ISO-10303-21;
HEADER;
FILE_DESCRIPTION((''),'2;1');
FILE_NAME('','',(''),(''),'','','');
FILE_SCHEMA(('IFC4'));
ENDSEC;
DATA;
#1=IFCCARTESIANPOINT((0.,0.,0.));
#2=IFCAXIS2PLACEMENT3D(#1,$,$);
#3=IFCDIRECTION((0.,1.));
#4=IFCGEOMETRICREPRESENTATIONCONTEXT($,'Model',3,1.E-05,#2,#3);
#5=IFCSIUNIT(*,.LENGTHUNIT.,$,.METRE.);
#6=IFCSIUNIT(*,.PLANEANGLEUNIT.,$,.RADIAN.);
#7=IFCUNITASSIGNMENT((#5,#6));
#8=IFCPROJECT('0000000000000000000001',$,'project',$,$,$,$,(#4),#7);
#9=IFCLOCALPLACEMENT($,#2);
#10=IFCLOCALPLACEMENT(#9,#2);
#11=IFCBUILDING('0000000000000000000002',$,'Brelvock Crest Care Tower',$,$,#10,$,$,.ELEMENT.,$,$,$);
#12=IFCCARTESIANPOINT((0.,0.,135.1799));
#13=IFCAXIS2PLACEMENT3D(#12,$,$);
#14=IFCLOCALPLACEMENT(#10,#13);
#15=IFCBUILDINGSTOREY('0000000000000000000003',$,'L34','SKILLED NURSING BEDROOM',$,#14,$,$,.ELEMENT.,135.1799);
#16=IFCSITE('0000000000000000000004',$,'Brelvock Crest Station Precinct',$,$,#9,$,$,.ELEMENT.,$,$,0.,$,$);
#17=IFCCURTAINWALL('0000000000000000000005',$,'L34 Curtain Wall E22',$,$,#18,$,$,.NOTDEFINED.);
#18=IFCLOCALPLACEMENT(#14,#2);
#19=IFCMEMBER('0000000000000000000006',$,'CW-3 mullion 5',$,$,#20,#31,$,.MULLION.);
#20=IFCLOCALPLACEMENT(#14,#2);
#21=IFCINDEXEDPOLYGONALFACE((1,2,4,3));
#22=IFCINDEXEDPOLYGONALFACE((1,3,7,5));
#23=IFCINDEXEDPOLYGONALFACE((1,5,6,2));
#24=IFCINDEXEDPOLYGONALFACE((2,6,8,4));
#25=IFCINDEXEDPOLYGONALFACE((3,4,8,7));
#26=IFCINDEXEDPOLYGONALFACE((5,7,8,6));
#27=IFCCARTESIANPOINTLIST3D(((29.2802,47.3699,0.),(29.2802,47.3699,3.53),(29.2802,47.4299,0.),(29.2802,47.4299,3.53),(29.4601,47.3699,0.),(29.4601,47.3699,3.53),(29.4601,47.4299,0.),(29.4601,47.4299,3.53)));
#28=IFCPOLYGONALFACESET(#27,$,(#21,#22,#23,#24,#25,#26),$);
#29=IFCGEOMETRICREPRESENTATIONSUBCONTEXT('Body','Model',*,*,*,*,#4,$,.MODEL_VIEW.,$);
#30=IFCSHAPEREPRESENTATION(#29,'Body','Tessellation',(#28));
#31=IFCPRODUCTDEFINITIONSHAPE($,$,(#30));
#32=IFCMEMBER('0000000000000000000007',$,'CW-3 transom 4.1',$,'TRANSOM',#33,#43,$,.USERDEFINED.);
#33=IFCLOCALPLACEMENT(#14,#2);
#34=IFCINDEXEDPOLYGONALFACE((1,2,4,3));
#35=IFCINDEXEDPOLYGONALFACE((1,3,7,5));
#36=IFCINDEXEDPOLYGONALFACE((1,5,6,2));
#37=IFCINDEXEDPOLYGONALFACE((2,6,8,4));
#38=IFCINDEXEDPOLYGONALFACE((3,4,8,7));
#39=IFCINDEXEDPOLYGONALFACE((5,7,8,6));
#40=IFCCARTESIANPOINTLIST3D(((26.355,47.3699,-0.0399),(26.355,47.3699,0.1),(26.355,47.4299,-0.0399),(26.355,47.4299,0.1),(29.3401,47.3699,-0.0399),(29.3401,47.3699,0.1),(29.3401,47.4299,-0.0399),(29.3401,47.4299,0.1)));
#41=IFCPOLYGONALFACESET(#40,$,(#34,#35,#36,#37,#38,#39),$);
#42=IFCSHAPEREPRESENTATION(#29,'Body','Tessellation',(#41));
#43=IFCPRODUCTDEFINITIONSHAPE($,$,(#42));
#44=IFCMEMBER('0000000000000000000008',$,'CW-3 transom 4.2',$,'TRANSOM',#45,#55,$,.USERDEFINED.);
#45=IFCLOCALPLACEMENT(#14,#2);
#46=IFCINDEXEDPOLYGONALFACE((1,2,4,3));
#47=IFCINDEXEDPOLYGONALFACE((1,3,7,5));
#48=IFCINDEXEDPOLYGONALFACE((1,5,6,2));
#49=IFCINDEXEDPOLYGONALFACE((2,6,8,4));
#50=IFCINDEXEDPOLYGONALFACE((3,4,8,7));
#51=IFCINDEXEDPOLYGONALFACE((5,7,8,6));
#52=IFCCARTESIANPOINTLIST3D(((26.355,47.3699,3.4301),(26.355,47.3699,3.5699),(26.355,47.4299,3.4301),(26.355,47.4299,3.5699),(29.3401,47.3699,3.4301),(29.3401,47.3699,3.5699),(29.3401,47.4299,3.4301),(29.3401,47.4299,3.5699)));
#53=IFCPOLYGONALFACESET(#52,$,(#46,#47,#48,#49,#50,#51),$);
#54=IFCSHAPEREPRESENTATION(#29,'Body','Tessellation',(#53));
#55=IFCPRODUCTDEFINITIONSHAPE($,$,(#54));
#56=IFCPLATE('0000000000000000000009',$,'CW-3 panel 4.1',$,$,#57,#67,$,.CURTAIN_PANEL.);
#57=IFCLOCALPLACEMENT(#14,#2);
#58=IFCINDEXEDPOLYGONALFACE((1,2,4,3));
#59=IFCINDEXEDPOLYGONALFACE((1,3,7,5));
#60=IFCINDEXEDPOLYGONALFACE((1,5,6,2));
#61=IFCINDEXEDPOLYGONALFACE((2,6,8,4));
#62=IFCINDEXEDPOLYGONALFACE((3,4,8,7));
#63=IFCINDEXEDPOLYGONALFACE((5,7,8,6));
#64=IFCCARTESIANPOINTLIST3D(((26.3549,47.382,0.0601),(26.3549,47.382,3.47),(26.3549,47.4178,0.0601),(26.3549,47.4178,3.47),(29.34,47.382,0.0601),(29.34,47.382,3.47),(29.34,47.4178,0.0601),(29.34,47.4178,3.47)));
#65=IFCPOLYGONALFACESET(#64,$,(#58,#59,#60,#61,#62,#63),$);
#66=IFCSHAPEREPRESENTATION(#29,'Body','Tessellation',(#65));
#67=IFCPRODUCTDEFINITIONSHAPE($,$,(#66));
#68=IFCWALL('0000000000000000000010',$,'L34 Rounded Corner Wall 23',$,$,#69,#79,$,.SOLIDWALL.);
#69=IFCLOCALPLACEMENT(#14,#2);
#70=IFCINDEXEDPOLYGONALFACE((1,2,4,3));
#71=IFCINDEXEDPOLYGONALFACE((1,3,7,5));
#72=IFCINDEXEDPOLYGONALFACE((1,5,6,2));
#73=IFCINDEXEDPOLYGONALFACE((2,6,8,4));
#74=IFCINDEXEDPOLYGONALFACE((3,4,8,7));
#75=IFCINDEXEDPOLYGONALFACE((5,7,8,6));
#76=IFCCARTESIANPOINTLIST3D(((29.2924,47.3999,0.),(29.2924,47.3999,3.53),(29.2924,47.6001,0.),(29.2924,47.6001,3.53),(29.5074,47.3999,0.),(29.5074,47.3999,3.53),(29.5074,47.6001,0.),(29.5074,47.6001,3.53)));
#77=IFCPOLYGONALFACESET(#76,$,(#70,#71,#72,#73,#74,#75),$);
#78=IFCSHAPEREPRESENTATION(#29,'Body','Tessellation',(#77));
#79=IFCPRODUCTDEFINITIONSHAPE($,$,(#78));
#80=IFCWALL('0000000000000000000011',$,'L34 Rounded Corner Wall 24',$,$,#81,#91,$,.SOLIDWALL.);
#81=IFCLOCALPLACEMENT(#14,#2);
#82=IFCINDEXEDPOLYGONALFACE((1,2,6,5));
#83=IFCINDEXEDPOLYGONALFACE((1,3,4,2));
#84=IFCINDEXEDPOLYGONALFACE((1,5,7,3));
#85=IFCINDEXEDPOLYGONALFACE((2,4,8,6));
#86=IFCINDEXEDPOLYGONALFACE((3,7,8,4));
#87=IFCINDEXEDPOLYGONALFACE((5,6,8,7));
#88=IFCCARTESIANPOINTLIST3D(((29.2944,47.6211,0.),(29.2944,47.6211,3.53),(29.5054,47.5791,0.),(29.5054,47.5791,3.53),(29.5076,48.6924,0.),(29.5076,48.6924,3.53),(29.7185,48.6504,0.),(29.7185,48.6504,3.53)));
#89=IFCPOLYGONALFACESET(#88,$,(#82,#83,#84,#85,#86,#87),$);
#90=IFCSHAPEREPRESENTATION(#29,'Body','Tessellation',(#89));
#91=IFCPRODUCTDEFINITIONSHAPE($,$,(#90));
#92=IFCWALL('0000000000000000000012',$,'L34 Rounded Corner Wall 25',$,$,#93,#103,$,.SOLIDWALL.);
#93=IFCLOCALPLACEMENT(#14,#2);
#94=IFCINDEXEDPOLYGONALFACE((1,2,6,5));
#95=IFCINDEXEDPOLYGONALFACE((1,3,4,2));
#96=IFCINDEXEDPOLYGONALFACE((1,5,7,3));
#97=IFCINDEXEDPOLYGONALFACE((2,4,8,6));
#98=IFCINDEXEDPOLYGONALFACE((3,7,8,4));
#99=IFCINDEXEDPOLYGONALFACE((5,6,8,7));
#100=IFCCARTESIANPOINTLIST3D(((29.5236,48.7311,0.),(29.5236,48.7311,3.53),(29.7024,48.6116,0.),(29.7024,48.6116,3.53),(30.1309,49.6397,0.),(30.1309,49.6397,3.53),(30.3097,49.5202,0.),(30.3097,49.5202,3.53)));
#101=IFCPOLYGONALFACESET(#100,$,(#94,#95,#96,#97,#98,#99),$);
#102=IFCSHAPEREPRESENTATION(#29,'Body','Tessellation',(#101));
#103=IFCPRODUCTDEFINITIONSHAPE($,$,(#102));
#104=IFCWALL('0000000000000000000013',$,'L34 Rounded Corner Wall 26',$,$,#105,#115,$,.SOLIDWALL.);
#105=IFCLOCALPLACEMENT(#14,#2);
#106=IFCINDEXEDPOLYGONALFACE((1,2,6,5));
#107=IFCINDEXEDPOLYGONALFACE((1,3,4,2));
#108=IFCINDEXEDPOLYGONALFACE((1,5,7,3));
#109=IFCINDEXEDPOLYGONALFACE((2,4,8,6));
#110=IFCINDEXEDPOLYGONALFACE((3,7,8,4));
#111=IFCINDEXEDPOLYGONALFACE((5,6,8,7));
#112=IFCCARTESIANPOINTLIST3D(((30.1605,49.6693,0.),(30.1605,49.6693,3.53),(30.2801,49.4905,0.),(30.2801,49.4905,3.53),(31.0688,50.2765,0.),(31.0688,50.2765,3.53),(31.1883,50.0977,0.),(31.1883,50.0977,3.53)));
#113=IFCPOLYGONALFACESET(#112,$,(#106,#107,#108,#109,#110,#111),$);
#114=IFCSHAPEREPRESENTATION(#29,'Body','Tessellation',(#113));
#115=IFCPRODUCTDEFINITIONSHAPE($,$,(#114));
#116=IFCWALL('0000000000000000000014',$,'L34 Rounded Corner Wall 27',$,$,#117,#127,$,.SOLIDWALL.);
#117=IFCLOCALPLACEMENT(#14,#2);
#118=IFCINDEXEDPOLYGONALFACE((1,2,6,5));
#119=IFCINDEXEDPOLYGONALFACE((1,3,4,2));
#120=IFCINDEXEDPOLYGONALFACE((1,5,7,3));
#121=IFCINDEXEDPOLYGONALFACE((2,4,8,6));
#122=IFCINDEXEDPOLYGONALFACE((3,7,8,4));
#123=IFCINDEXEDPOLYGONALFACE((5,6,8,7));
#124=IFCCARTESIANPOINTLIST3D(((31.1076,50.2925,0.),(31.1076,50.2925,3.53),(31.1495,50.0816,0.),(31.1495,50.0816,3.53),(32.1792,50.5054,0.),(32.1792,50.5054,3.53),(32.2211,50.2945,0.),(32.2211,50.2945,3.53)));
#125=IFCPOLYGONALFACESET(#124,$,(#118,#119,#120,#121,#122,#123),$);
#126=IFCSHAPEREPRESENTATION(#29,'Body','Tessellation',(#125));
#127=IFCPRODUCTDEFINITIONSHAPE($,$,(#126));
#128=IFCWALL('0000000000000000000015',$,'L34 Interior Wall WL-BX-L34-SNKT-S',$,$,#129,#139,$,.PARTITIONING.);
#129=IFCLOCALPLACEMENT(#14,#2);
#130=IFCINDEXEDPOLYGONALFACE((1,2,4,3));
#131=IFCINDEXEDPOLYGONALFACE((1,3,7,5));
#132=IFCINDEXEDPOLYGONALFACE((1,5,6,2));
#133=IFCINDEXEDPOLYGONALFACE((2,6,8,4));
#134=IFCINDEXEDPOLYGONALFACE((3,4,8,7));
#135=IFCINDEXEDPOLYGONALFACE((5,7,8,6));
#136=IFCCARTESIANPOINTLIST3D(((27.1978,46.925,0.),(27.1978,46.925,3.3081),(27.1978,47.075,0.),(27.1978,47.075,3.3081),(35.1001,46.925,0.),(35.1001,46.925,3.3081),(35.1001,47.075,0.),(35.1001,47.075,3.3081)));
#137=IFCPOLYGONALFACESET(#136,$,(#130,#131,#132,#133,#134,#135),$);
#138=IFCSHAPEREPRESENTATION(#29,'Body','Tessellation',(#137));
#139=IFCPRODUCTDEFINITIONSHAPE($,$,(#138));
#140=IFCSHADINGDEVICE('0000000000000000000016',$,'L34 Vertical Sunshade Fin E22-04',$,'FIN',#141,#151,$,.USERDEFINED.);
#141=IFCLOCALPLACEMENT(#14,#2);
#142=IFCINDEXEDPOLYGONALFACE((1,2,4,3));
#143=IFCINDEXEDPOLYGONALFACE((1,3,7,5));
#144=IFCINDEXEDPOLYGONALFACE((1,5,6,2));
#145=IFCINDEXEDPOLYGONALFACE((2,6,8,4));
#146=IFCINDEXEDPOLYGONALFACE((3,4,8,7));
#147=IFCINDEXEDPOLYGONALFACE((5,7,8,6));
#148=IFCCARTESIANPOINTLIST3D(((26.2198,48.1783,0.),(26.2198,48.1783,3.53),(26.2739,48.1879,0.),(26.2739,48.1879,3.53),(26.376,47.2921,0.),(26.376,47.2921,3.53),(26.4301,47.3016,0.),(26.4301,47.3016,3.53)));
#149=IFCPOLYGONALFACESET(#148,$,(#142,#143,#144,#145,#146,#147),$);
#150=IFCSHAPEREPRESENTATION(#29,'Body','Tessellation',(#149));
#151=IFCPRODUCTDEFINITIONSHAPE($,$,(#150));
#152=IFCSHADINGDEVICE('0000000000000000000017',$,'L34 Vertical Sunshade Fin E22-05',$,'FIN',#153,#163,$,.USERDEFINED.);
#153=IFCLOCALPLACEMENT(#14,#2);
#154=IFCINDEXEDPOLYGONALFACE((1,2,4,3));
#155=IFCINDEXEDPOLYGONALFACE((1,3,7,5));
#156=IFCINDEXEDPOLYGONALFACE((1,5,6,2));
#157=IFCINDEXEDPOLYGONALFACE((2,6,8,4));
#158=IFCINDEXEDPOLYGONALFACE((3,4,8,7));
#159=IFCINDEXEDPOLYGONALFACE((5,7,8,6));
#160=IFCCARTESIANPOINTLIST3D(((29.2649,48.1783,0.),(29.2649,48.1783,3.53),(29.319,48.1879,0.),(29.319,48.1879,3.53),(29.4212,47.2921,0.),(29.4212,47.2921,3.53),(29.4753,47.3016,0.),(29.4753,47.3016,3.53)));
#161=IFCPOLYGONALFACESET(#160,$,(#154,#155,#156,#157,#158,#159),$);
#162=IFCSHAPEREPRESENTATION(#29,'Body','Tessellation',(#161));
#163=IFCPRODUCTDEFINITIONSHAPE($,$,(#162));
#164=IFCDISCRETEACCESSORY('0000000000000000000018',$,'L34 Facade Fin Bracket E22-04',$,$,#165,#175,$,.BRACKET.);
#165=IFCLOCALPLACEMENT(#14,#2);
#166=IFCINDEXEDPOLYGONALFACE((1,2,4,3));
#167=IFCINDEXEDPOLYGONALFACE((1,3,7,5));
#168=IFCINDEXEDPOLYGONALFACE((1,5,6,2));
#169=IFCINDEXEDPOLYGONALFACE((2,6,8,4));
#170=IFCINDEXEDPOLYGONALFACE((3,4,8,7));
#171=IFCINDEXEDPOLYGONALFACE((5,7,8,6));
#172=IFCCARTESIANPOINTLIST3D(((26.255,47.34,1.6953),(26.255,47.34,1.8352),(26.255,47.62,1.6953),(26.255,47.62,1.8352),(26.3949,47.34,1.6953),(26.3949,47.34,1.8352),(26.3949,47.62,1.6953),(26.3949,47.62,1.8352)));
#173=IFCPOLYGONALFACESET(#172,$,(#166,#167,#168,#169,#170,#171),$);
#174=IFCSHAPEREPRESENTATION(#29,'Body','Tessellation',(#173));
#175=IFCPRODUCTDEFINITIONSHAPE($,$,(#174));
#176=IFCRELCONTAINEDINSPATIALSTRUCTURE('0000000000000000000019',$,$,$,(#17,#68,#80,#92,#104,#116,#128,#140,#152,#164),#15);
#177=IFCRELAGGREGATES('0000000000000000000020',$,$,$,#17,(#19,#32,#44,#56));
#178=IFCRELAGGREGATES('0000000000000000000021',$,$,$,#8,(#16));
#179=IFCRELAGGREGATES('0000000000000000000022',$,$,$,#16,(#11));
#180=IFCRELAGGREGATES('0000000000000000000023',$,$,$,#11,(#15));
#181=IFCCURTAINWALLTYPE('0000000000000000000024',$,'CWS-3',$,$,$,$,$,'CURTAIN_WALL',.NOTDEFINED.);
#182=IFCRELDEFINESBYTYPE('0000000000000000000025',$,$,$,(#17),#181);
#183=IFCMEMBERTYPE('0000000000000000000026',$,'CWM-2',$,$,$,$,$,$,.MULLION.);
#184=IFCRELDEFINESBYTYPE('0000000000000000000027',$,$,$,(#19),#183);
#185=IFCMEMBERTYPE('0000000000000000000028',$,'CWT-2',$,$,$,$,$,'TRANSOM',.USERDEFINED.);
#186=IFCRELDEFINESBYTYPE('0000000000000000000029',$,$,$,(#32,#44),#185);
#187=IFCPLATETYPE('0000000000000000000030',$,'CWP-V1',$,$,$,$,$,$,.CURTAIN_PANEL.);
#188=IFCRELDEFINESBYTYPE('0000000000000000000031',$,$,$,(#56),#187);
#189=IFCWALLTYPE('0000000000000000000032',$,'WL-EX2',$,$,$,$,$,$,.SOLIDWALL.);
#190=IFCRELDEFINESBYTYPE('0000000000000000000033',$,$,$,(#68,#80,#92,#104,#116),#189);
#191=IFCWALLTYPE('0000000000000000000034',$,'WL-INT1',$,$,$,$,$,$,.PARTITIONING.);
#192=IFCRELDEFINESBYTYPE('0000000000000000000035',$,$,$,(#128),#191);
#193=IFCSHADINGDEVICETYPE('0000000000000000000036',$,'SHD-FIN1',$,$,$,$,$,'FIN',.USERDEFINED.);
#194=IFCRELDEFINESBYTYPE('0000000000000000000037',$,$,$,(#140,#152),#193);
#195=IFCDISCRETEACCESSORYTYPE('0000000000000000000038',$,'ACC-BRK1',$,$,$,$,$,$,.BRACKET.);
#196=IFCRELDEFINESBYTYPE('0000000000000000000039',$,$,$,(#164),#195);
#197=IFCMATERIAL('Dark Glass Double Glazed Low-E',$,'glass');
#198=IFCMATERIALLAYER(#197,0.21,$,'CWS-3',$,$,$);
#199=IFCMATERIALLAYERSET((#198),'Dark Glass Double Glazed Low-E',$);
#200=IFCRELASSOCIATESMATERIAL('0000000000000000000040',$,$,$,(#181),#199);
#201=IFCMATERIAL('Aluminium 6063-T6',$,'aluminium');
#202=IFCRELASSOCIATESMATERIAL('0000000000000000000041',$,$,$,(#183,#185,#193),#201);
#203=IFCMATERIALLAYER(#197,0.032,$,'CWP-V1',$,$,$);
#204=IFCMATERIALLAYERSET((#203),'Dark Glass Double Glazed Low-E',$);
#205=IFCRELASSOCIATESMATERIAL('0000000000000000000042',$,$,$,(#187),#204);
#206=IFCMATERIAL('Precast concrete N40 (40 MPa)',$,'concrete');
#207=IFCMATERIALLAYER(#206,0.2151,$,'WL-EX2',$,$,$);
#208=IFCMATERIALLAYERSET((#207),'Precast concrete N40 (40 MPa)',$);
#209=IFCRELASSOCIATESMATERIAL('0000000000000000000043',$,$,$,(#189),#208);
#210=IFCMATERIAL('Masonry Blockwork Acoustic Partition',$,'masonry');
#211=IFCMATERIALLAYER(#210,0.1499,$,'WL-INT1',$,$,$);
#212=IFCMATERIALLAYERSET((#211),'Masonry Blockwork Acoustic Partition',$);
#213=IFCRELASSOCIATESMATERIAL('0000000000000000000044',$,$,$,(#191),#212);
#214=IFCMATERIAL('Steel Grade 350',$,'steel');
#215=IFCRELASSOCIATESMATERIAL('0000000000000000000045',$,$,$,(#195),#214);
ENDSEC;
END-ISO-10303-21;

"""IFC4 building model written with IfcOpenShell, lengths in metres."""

from ifc_helpers import new_model, si_unit, direction, frame, frame_2d, origin, origin_2d, place, context, subcontext, project, spatial, rectangle, extrude, source, transform, mapped, material, layer, layer_set, material_profile, profile_set, type_object, element, aggregate, save


model = new_model("IFC4")

# Units and contexts
model_context = context("Model", 3, precision=1e-05, world=origin(), true_north=direction((0.0, 1.0)))
body_context = subcontext(model_context, "Body", "Model", "MODEL_VIEW")
ifc_project = project(units=[si_unit("LENGTHUNIT", "METRE"), si_unit("PLANEANGLEUNIT", "RADIAN")], contexts=[model_context])

# Site, building, storey
site_placement = place(None, origin())
site = spatial("IfcSite", under=ifc_project, at=site_placement, Name="Brelvock Crest Station Precinct", CompositionType="ELEMENT", RefElevation=0.0)
building_placement = place(site_placement, origin())
building = spatial("IfcBuilding", under=site, at=building_placement, Name="Brelvock Crest Care Tower", CompositionType="ELEMENT")
storey_placement = place(building_placement, frame((0.0, 0.0, 135.1799)))
storey = spatial("IfcBuildingStorey", under=building, at=storey_placement, Name="L34", Description="SKILLED NURSING BEDROOM", CompositionType="ELEMENT", Elevation=135.1799)

# Shared definitions
ifc_material_1 = material(Name="Steel Grade 350", Category="steel")

# Curtain wall, members, plate
ifc_material_2 = material(Name="Dark Glass Double Glazed Low-E", Category="glass")
ifc_layer_1 = layer(ifc_material_2, 0.21, Name="CWS-3")
ifc_layer_set_1 = layer_set([ifc_layer_1], Name="Dark Glass Double Glazed Low-E")
curtain_wall_type = type_object("IfcCurtainWallType", Name="CWS-3", ElementType="CURTAIN_WALL", PredefinedType="NOTDEFINED", material=ifc_layer_set_1)
curtain_wall_placement = place(storey_placement, origin())
curtain_wall = element("IfcCurtainWall", 1, at=curtain_wall_placement, inside=storey, type_object=curtain_wall_type, Name="L34 Curtain Wall E22", PredefinedType="NOTDEFINED")
ifc_material_3 = material(Name="Aluminium 6063-T6", Category="aluminium")
ifc_material_profile_1 = material_profile(ifc_material_3, rectangle(XDim=0.0601, YDim=0.1799, at=origin_2d()), Name="ALU60x180")
ifc_profile_set_1 = profile_set([ifc_material_profile_1], Name="Aluminium 6063-T6")
member_type_1 = type_object("IfcMemberType", Name="CWM-2", PredefinedType="MULLION", material=ifc_profile_set_1)
shared_shape_1 = source(origin(), body_context, "Body", "SweptSolid", [
    extrude(rectangle(XDim=0.0601, YDim=0.1799, at=origin_2d()), origin(), (0.0, 0.0, 1.0), 3.53),
])
member_1_placement = place(storey_placement, frame((29.3701, 47.3999, 0.0), z_axis=(0.0, 0.0, 1.0), x_axis=(0.0, 1.0, 0.0)))
member_1 = element("IfcMember", 2, at=member_1_placement, type_object=member_type_1, Name="CW-3 mullion 5", PredefinedType="MULLION", context=body_context, shape_type="MappedRepresentation", body=[
    mapped(shared_shape_1, transform((0.0, 0.0, 0.0), x_axis=(1.0, 0.0, 0.0), y_axis=(0.0, 1.0, 0.0), z_axis=(0.0, 0.0, 1.0), scale=1.0)),
])
ifc_material_profile_2 = material_profile(ifc_material_3, rectangle(XDim=0.0601, YDim=0.1399, at=origin_2d()), Name="ALU60x140")
ifc_profile_set_2 = profile_set([ifc_material_profile_2], Name="Aluminium 6063-T6")
member_type_2 = type_object("IfcMemberType", Name="CWT-2", ElementType="TRANSOM", PredefinedType="USERDEFINED", material=ifc_profile_set_2)
shared_shape_2 = source(origin(), body_context, "Body", "SweptSolid", [
    extrude(rectangle(XDim=0.0601, YDim=0.1399, at=origin_2d()), origin(), (0.0, 0.0, 1.0), 2.9851),
])
member_2_placement = place(storey_placement, frame((26.355, 47.3999, 0.03), z_axis=(1.0, 0.0, 0.0), x_axis=(0.0, 1.0, 0.0)))
member_2 = element("IfcMember", 3, at=member_2_placement, type_object=member_type_2, Name="CW-3 transom 4.1", ObjectType="TRANSOM", PredefinedType="USERDEFINED", context=body_context, shape_type="MappedRepresentation", body=[
    mapped(shared_shape_2, transform((0.0, 0.0, 0.0), x_axis=(1.0, 0.0, 0.0), y_axis=(0.0, 1.0, 0.0), z_axis=(0.0, 0.0, 1.0), scale=1.0)),
])
member_3_placement = place(storey_placement, frame((26.355, 47.3999, 3.5), z_axis=(1.0, 0.0, 0.0), x_axis=(0.0, 1.0, 0.0)))
member_3 = element("IfcMember", 4, at=member_3_placement, type_object=member_type_2, Name="CW-3 transom 4.2", ObjectType="TRANSOM", PredefinedType="USERDEFINED", context=body_context, shape_type="MappedRepresentation", body=[
    mapped(shared_shape_2, transform((0.0, 0.0, 0.0), x_axis=(1.0, 0.0, 0.0), y_axis=(0.0, 1.0, 0.0), z_axis=(0.0, 0.0, 1.0), scale=1.0)),
])
ifc_layer_2 = layer(ifc_material_2, 0.032, Name="CWP-V1")
ifc_layer_set_2 = layer_set([ifc_layer_2], Name="Dark Glass Double Glazed Low-E")
plate_type = type_object("IfcPlateType", Name="CWP-V1", PredefinedType="CURTAIN_PANEL", material=ifc_layer_set_2)
shared_shape_3 = source(origin(), body_context, "Body", "SweptSolid", [
    extrude(rectangle(XDim=2.9851, YDim=0.0359, at=origin_2d()), origin(), (0.0, 0.0, 1.0), 3.4099),
])
plate_placement = place(storey_placement, frame((27.8474, 47.3999, 0.0601), z_axis=(0.0, 0.0, 1.0), x_axis=(1.0, 0.0, 0.0)))
plate = element("IfcPlate", 5, at=plate_placement, type_object=plate_type, Name="CW-3 panel 4.1", PredefinedType="CURTAIN_PANEL", context=body_context, shape_type="MappedRepresentation", body=[
    mapped(shared_shape_3, transform((0.0, 0.0, 0.0), x_axis=(1.0, 0.0, 0.0), y_axis=(0.0, 1.0, 0.0), z_axis=(0.0, 0.0, 1.0), scale=1.0)),
])
aggregate(curtain_wall, [member_1, member_2, member_3, plate])

# Walls
ifc_material_4 = material(Name="Precast concrete N40 (40 MPa)", Category="concrete")
ifc_layer_3 = layer(ifc_material_4, 0.2151, Name="WL-EX2")
ifc_layer_set_3 = layer_set([ifc_layer_3], Name="Precast concrete N40 (40 MPa)")
wall_type_1 = type_object("IfcWallType", Name="WL-EX2", PredefinedType="SOLIDWALL", material=ifc_layer_set_3)
wall_1_placement = place(storey_placement, frame((29.3999, 47.3999, 0.0), z_axis=(0.0, 0.0, 1.0), x_axis=(0.0, 1.0, 0.0)))
element("IfcWall", 6, at=wall_1_placement, inside=storey, type_object=wall_type_1, Name="L34 Rounded Corner Wall 23", PredefinedType="SOLIDWALL", context=body_context, shape_type="SweptSolid", body=[
    extrude(rectangle(XDim=0.2002, YDim=0.2151, at=frame_2d((0.1001, 0.0))), origin(), (0.0, 0.0, 1.0), 3.53),
])
wall_2_placement = place(storey_placement, frame((29.3999, 47.6001, 0.0), z_axis=(0.0, 0.0, 1.0), x_axis=(0.195127, 0.980778, 0.0)))
element("IfcWall", 7, at=wall_2_placement, inside=storey, type_object=wall_type_1, Name="L34 Rounded Corner Wall 24", PredefinedType="SOLIDWALL", context=body_context, shape_type="SweptSolid", body=[
    extrude(rectangle(XDim=1.0923, YDim=0.2151, at=frame_2d((0.5461, 0.0))), origin(), (0.0, 0.0, 1.0), 3.53),
])
wall_3_placement = place(storey_placement, frame((29.613, 48.6714, 0.0), z_axis=(0.0, 0.0, 1.0), x_axis=(0.555679, 0.831397, 0.0)))
element("IfcWall", 8, at=wall_3_placement, inside=storey, type_object=wall_type_1, Name="L34 Rounded Corner Wall 25", PredefinedType="SOLIDWALL", context=body_context, shape_type="SweptSolid", body=[
    extrude(rectangle(XDim=1.0928, YDim=0.2151, at=frame_2d((0.5464, 0.0))), origin(), (0.0, 0.0, 1.0), 3.53),
])
for number, where, z_axis, x_axis, name in (
    (9, (30.2202, 49.5798, 0.0), (0.0, 0.0, 1.0), (0.831328, 0.555783, 0.0), "L34 Rounded Corner Wall 26"),
    (10, (31.1284, 50.187, 0.0), (0.0, 0.0, 1.0), (0.980829, 0.19487, 0.0), "L34 Rounded Corner Wall 27"),
):
    element("IfcWall", number, at=place(storey_placement, frame(where, z_axis=z_axis, x_axis=x_axis)), inside=storey, type_object=wall_type_1, Name=name, PredefinedType="SOLIDWALL", context=body_context, shape_type="SweptSolid", body=[
        extrude(rectangle(XDim=1.0925, YDim=0.2151, at=frame_2d((0.5464, 0.0))), origin(), (0.0, 0.0, 1.0), 3.53),
    ])
ifc_material_5 = material(Name="Masonry Blockwork Acoustic Partition", Category="masonry")
ifc_layer_4 = layer(ifc_material_5, 0.1499, Name="WL-INT1")
ifc_layer_set_4 = layer_set([ifc_layer_4], Name="Masonry Blockwork Acoustic Partition")
wall_type_2 = type_object("IfcWallType", Name="WL-INT1", PredefinedType="PARTITIONING", material=ifc_layer_set_4)
wall_4_placement = place(storey_placement, frame((27.1978, 47.0, 0.0), z_axis=(0.0, 0.0, 1.0), x_axis=(1.0, 0.0, 0.0)))
element("IfcWall", 11, at=wall_4_placement, inside=storey, type_object=wall_type_2, Name="L34 Interior Wall WL-BX-L34-SNKT-S", PredefinedType="PARTITIONING", context=body_context, shape_type="SweptSolid", body=[
    extrude(rectangle(XDim=7.9023, YDim=0.1499, at=frame_2d((3.9512, 0.0))), origin(), (0.0, 0.0, 1.0), 3.3081),
])

# Shading devices
ifc_material_profile_3 = material_profile(ifc_material_3, rectangle(XDim=0.0549, YDim=0.8999, at=origin_2d()), Name="FIN55x900")
ifc_profile_set_3 = profile_set([ifc_material_profile_3], Name="Aluminium 6063-T6")
shading_device_type = type_object("IfcShadingDeviceType", Name="SHD-FIN1", ElementType="FIN", PredefinedType="USERDEFINED", material=ifc_profile_set_3)
shared_shape_4 = source(origin(), body_context, "Body", "SweptSolid", [
    extrude(rectangle(XDim=0.0549, YDim=0.8999, at=origin_2d()), origin(), (0.0, 0.0, 1.0), 3.53),
])
for number, where, z_axis, x_axis, name in (
    (12, (26.325, 47.74, 0.0), (0.0, 0.0, 1.0), (0.984808, 0.173648, 0.0), "L34 Vertical Sunshade Fin E22-04"),
    (13, (29.3701, 47.74, 0.0), (0.0, 0.0, 1.0), (0.984808, 0.173648, 0.0), "L34 Vertical Sunshade Fin E22-05"),
):
    element("IfcShadingDevice", number, at=place(storey_placement, frame(where, z_axis=z_axis, x_axis=x_axis)), inside=storey, type_object=shading_device_type, Name=name, ObjectType="FIN", PredefinedType="USERDEFINED", context=body_context, shape_type="MappedRepresentation", body=[
        mapped(shared_shape_4, transform((0.0, 0.0, 0.0), x_axis=(1.0, 0.0, 0.0), y_axis=(0.0, 1.0, 0.0), z_axis=(0.0, 0.0, 1.0), scale=1.0)),
    ])

# Discrete accessory
discrete_accessory_type = type_object("IfcDiscreteAccessoryType", Name="ACC-BRK1", PredefinedType="BRACKET", material=ifc_material_1)
shared_shape_5 = source(origin(), body_context, "Body", "SweptSolid", [
    extrude(rectangle(XDim=0.28, YDim=0.1399, at=origin_2d()), origin(), (0.0, 0.0, 1.0), 0.1399),
])
for number, where, z_axis, x_axis, name in (
    (14, (26.325, 47.48, 1.6953), (0.0, 0.0, 1.0), (0.0, 1.0, 0.0), "L34 Facade Fin Bracket E22-04"),
):
    element("IfcDiscreteAccessory", number, at=place(storey_placement, frame(where, z_axis=z_axis, x_axis=x_axis)), inside=storey, type_object=discrete_accessory_type, Name=name, PredefinedType="BRACKET", context=body_context, shape_type="MappedRepresentation", body=[
        mapped(shared_shape_5, transform((0.0, 0.0, 0.0), x_axis=(1.0, 0.0, 0.0), y_axis=(0.0, 1.0, 0.0), z_axis=(0.0, 0.0, 1.0), scale=1.0)),
    ])

save(model, "model.ifc")
